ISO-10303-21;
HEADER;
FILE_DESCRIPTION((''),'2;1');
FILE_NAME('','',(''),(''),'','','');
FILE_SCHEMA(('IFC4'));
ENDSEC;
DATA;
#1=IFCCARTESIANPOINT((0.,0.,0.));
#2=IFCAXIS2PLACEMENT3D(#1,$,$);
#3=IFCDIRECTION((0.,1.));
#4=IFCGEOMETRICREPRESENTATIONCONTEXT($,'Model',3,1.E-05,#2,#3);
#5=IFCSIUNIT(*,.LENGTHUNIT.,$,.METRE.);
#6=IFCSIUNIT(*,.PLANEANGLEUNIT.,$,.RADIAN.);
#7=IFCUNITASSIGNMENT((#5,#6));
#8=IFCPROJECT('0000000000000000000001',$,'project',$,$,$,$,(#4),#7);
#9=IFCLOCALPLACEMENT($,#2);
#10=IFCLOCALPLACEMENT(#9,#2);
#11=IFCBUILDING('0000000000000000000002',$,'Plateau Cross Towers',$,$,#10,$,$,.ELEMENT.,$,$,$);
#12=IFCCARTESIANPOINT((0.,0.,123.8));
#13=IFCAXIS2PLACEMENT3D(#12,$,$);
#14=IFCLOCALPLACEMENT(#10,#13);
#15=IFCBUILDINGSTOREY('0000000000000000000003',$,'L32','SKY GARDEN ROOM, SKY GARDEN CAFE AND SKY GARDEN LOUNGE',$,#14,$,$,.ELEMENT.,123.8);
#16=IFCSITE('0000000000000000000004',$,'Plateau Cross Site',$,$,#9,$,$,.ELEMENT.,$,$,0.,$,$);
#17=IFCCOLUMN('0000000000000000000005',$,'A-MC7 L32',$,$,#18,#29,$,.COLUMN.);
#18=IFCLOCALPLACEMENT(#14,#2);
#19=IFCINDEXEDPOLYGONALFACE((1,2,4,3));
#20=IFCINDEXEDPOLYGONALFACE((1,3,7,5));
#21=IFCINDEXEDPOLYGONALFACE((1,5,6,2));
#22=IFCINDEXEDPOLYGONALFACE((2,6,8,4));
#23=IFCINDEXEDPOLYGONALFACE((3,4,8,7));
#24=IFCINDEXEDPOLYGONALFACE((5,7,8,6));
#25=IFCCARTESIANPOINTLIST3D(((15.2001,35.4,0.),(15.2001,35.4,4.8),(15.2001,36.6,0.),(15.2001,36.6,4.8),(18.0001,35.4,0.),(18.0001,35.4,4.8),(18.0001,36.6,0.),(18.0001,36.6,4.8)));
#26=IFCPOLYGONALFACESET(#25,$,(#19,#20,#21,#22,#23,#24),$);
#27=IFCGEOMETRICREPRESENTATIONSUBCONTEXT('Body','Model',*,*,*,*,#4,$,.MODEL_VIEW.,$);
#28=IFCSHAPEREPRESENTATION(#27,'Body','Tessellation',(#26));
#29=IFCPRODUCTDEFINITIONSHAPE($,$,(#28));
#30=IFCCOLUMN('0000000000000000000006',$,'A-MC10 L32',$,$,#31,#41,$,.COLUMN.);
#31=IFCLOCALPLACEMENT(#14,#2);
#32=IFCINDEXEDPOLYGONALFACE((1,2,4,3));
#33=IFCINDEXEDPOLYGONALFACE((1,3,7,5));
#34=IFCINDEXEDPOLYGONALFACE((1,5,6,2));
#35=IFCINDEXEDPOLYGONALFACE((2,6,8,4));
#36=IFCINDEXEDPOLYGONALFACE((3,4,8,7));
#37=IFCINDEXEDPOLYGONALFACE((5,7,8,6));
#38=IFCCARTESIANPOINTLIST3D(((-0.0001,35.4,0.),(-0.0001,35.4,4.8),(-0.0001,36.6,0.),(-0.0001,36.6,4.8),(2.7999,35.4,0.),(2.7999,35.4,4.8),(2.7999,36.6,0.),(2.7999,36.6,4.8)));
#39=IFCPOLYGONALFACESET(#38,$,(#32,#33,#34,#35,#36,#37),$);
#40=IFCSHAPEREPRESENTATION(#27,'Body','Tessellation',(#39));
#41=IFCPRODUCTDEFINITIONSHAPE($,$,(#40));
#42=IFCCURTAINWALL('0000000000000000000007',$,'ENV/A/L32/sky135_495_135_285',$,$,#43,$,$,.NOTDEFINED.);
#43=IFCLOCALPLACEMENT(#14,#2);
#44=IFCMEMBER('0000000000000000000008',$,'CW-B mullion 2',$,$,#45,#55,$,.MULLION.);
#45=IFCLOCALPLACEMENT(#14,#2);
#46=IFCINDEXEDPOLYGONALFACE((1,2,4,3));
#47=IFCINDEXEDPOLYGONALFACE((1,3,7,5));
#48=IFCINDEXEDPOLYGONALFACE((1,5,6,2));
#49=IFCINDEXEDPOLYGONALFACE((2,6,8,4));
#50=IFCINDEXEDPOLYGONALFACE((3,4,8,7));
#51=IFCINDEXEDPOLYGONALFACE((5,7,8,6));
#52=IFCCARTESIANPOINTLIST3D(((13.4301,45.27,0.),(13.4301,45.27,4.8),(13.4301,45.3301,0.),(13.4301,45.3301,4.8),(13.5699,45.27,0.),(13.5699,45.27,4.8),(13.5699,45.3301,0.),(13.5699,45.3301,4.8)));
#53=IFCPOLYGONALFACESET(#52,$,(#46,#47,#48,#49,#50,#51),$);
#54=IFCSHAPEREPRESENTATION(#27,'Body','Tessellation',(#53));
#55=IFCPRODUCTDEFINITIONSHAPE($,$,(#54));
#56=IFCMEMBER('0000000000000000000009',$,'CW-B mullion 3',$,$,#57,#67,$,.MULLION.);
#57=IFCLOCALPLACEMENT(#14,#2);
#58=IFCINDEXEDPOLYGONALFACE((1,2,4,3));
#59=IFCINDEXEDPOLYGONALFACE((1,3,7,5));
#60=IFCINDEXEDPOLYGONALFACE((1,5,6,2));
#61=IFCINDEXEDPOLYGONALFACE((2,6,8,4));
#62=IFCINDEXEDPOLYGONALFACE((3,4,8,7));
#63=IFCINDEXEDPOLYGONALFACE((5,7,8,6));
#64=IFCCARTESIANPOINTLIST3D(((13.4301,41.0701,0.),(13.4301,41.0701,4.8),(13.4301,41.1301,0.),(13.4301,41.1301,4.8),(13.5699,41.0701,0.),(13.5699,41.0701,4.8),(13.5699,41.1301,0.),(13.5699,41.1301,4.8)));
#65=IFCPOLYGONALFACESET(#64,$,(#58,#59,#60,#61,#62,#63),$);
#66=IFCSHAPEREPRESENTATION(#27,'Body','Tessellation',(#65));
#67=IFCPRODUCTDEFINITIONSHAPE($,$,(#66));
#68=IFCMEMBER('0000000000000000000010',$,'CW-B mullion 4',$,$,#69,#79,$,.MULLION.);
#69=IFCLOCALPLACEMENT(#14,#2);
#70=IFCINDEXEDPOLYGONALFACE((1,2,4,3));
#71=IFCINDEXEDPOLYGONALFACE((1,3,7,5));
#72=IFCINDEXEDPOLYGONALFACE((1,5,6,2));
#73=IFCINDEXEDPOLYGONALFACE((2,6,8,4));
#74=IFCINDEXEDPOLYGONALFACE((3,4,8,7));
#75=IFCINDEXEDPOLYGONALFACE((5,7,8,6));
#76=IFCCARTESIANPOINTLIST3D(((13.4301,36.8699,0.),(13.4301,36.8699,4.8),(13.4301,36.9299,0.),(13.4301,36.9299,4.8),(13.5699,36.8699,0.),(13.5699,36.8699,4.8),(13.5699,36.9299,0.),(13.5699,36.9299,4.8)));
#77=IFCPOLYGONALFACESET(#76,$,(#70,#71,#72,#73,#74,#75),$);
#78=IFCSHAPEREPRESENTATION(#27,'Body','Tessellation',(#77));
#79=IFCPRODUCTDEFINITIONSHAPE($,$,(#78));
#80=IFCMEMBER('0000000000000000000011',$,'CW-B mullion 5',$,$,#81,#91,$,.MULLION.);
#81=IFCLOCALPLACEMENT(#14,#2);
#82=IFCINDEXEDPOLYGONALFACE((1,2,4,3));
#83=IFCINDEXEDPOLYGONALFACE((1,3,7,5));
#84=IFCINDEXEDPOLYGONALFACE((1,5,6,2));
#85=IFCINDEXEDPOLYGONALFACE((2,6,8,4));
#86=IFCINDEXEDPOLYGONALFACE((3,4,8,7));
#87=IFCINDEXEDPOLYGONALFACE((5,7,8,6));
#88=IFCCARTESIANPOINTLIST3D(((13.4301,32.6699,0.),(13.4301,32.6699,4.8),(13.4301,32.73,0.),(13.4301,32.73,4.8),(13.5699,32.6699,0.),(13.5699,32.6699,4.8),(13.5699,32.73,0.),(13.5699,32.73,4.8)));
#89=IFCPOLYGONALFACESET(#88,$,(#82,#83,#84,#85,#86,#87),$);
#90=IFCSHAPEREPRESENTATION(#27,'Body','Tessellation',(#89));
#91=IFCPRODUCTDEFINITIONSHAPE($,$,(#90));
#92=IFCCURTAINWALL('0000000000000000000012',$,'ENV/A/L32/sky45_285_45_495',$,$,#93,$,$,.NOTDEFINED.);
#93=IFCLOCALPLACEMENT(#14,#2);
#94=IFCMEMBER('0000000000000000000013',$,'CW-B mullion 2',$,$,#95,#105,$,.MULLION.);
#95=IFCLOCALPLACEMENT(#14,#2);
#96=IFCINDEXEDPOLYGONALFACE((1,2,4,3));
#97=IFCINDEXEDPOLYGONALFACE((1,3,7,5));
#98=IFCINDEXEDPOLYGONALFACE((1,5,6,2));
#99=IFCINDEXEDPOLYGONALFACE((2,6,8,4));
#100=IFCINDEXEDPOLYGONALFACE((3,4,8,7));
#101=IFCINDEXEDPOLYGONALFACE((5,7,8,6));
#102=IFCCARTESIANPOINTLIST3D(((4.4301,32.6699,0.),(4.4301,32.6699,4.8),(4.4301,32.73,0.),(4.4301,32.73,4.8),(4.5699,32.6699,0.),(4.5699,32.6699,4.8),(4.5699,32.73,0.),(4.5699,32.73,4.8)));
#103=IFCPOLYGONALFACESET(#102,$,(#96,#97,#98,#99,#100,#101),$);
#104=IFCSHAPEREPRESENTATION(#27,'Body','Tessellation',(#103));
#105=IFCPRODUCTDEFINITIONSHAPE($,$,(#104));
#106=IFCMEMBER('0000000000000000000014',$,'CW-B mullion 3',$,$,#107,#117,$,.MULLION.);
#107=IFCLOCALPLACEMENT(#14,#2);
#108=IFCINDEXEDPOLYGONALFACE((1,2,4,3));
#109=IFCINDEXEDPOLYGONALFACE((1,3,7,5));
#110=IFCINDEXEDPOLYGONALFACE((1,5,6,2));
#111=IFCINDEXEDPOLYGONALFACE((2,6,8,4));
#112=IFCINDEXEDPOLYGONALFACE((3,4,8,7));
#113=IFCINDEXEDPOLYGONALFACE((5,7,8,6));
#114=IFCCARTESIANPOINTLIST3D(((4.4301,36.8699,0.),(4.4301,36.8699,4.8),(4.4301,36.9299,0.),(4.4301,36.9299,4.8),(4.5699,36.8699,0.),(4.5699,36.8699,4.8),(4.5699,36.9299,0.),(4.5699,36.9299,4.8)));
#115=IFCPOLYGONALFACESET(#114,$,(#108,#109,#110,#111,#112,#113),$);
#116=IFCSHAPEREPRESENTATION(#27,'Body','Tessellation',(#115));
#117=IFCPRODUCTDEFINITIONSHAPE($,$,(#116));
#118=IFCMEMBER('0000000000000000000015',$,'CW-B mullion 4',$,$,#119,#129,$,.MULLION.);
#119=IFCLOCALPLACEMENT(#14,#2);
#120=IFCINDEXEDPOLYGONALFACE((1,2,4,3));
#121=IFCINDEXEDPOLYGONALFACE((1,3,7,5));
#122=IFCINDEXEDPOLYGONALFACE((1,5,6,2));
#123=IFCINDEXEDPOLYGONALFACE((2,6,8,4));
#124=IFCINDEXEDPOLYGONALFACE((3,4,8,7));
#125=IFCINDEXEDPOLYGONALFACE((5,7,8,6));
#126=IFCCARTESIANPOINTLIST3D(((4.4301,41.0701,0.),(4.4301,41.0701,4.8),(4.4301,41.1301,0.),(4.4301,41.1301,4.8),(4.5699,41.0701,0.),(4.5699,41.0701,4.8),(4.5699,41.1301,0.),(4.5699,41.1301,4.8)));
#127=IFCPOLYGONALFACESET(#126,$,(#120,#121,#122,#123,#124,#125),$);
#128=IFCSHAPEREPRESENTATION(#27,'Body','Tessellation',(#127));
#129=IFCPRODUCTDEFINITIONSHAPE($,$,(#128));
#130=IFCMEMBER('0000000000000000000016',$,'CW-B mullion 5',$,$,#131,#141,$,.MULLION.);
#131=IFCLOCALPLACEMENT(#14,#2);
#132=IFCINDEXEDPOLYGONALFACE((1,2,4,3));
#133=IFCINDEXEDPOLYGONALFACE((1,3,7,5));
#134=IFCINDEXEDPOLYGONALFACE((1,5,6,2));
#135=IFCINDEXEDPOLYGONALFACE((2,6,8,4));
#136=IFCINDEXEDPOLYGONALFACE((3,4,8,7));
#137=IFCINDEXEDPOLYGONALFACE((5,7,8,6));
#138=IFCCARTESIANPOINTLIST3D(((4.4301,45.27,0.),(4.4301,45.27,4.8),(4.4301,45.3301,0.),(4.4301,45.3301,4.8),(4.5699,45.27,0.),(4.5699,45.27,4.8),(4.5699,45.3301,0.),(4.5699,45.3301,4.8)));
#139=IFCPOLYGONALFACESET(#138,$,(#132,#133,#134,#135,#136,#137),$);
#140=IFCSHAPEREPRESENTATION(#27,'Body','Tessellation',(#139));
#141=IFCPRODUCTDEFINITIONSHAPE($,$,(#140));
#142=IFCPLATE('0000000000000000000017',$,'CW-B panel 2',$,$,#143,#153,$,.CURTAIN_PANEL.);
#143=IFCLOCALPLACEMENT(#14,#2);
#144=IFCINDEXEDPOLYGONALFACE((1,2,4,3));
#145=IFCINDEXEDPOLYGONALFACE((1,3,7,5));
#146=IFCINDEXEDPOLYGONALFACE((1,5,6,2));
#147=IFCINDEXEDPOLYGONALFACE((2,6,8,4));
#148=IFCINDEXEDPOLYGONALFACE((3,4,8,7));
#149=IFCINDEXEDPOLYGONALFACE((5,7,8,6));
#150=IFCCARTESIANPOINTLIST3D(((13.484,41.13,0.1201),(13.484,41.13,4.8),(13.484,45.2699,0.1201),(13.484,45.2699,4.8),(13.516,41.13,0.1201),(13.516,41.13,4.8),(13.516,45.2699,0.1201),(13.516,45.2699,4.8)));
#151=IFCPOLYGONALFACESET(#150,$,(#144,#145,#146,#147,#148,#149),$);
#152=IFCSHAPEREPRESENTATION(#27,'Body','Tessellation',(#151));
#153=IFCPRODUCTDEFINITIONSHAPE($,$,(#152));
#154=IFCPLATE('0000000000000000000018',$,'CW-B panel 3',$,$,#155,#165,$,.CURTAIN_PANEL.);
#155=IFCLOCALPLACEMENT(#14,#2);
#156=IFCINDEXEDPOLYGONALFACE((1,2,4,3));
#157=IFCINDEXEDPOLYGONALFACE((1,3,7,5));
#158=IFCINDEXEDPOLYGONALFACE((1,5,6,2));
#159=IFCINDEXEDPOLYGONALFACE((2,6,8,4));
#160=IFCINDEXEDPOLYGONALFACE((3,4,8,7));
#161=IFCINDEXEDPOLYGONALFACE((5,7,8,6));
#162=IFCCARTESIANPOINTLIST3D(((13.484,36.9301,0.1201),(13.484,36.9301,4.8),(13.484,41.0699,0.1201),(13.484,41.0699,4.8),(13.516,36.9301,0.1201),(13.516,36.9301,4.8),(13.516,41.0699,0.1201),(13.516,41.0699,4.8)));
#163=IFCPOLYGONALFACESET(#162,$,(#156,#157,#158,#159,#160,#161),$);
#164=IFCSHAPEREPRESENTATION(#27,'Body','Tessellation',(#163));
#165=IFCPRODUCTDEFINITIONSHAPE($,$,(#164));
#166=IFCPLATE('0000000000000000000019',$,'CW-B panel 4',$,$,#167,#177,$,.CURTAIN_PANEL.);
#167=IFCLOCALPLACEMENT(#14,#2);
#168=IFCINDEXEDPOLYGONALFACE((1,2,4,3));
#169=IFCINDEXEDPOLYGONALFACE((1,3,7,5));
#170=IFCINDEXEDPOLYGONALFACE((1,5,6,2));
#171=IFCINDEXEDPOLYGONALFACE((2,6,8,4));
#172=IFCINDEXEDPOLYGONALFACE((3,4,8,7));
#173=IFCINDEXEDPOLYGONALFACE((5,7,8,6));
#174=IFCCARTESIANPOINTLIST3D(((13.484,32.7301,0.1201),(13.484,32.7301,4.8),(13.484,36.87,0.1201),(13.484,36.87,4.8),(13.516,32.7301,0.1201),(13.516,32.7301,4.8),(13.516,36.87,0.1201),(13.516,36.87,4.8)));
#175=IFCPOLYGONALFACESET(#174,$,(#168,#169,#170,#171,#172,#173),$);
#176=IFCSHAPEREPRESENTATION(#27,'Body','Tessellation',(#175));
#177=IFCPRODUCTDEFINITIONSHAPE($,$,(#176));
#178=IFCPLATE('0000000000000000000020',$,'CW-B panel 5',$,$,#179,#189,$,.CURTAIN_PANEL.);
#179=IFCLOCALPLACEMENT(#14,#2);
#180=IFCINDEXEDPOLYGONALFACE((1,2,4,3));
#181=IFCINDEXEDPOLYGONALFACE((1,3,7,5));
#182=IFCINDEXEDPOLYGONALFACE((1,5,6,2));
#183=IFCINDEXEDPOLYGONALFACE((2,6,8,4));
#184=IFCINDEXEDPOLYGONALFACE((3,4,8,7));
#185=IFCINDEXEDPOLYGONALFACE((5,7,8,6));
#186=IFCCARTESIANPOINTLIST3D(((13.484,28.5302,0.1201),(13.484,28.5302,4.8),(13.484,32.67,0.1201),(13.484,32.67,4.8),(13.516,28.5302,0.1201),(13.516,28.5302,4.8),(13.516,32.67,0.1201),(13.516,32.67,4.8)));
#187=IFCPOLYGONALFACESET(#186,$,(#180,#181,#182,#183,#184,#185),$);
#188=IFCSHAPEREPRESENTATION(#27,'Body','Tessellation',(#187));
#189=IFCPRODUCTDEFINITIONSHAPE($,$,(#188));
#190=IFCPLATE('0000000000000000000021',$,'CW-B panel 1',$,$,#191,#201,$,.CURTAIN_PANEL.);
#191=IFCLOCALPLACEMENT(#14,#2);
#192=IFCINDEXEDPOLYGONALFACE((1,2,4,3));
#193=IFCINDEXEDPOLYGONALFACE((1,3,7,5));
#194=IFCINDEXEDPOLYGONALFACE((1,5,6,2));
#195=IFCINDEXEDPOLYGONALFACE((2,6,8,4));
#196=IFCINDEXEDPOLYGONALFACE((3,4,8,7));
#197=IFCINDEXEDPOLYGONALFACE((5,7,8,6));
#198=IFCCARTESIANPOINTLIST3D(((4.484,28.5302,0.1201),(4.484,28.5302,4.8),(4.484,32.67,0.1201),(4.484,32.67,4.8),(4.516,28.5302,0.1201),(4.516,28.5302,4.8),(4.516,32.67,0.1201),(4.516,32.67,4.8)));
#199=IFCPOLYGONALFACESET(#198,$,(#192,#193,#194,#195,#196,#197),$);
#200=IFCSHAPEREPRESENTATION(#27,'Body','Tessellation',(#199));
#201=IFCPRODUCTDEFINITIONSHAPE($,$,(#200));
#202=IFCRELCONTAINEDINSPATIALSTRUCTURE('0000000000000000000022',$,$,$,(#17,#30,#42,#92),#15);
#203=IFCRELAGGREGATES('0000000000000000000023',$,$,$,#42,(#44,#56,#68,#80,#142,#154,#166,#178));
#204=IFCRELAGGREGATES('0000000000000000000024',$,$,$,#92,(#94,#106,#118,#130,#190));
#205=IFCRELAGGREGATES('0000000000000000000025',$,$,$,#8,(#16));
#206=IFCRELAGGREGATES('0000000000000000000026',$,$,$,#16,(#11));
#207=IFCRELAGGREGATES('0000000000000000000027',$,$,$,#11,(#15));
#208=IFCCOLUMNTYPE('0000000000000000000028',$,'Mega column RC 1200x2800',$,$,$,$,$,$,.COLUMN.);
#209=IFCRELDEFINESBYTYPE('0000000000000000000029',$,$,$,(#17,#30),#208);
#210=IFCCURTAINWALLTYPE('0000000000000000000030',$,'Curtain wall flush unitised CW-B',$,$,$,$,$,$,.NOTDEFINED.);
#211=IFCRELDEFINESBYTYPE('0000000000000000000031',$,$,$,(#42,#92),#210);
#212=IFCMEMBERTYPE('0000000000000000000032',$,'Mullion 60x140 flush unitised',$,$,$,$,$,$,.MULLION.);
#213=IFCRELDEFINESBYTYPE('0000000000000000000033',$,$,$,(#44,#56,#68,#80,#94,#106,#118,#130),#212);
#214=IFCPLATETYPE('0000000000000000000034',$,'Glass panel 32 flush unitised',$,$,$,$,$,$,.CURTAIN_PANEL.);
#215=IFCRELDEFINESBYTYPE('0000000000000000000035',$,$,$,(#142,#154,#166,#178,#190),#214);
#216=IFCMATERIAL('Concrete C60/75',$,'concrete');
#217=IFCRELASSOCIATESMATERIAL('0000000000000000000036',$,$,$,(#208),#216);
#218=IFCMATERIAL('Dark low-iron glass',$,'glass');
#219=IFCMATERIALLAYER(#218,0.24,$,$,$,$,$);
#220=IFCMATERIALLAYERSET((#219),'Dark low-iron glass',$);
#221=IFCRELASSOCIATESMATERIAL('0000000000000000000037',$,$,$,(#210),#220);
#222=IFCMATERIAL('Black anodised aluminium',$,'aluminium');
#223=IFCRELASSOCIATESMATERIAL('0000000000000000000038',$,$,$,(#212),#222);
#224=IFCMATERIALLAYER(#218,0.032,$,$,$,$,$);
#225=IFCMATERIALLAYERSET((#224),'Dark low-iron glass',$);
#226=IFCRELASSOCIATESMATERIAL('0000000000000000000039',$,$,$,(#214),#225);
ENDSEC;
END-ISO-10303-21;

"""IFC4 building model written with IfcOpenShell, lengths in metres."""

from ifc_helpers import new_model, si_unit, direction, frame, origin, origin_2d, place, context, subcontext, project, spatial, rectangle, extrude, material, layer, layer_set, material_profile, profile_set, type_object, element, aggregate, save


model = new_model("IFC4")

# Units and contexts
model_context = context("Model", 3, precision=1e-05, world=origin(), true_north=direction((0.0, 1.0)))
body_context = subcontext(model_context, "Body", "Model", "MODEL_VIEW")
ifc_project = project(units=[si_unit("LENGTHUNIT", "METRE"), si_unit("PLANEANGLEUNIT", "RADIAN")], contexts=[model_context])

# Site, building, storey
site_placement = place(None, origin())
site = spatial("IfcSite", under=ifc_project, at=site_placement, Name="Plateau Cross Site", CompositionType="ELEMENT", RefElevation=0.0)
building_placement = place(site_placement, origin())
building = spatial("IfcBuilding", under=site, at=building_placement, Name="Plateau Cross Towers", CompositionType="ELEMENT")
storey_placement = place(building_placement, frame((0.0, 0.0, 123.8)))
storey = spatial("IfcBuildingStorey", under=building, at=storey_placement, Name="L32", Description="SKY GARDEN ROOM, SKY GARDEN CAFE AND SKY GARDEN LOUNGE", CompositionType="ELEMENT", Elevation=123.8)

# Columns
ifc_material_1 = material(Name="Concrete C60/75", Category="concrete")
ifc_material_profile_1 = material_profile(ifc_material_1, rectangle(XDim=1.2, YDim=2.8, at=origin_2d()), Name="RC 1200x2800")
ifc_profile_set_1 = profile_set([ifc_material_profile_1], Name="Concrete C60/75")
column_type = type_object("IfcColumnType", Name="Mega column RC 1200x2800", PredefinedType="COLUMN", material=ifc_profile_set_1)
for number, where, z_axis, x_axis, name in (
    (1, (16.6001, 36.0, 0.0), (0.0, 0.0, 1.0), (0.0, 1.0, 0.0), "A-MC7 L32"),
    (2, (1.3999, 36.0, 0.0), (0.0, 0.0, 1.0), (0.0, 1.0, 0.0), "A-MC10 L32"),
):
    element("IfcColumn", number, at=place(storey_placement, frame(where, z_axis=z_axis, x_axis=x_axis)), inside=storey, type_object=column_type, Name=name, PredefinedType="COLUMN", context=body_context, shape_type="SweptSolid", body=[
        extrude(rectangle(XDim=1.2, YDim=2.8, at=origin_2d()), origin(), (0.0, 0.0, 1.0), 4.8),
    ])

# Curtain walls, members
ifc_material_2 = material(Name="Dark low-iron glass", Category="glass")
ifc_layer_1 = layer(ifc_material_2, 0.24)
ifc_layer_set_1 = layer_set([ifc_layer_1], Name="Dark low-iron glass")
curtain_wall_type = type_object("IfcCurtainWallType", Name="Curtain wall flush unitised CW-B", PredefinedType="NOTDEFINED", material=ifc_layer_set_1)
curtain_wall_1_placement = place(storey_placement, origin())
curtain_wall_1 = element("IfcCurtainWall", 3, at=curtain_wall_1_placement, inside=storey, type_object=curtain_wall_type, Name="ENV/A/L32/sky135_495_135_285", PredefinedType="NOTDEFINED")
ifc_material_3 = material(Name="Black anodised aluminium", Category="aluminium")
ifc_material_profile_2 = material_profile(ifc_material_3, rectangle(XDim=0.0601, YDim=0.1399, at=origin_2d()), Name="MULLION 60x140")
ifc_profile_set_2 = profile_set([ifc_material_profile_2], Name="Black anodised aluminium")
member_type = type_object("IfcMemberType", Name="Mullion 60x140 flush unitised", PredefinedType="MULLION", material=ifc_profile_set_2)
member_1_placement = place(storey_placement, frame((13.5, 45.3, 0.0), z_axis=(0.0, 0.0, 1.0), x_axis=(0.0, -1.0, 0.0)))
member_1 = element("IfcMember", 4, at=member_1_placement, type_object=member_type, Name="CW-B mullion 2", PredefinedType="MULLION", context=body_context, shape_type="SweptSolid", body=[
    extrude(rectangle(XDim=0.0601, YDim=0.1399, at=origin_2d()), origin(), (0.0, 0.0, 1.0), 4.8),
])
member_2_placement = place(storey_placement, frame((13.5, 41.1001, 0.0), z_axis=(0.0, 0.0, 1.0), x_axis=(0.0, -1.0, 0.0)))
member_2 = element("IfcMember", 5, at=member_2_placement, type_object=member_type, Name="CW-B mullion 3", PredefinedType="MULLION", context=body_context, shape_type="SweptSolid", body=[
    extrude(rectangle(XDim=0.0601, YDim=0.1399, at=origin_2d()), origin(), (0.0, 0.0, 1.0), 4.8),
])
member_3_placement = place(storey_placement, frame((13.5, 36.8999, 0.0), z_axis=(0.0, 0.0, 1.0), x_axis=(0.0, -1.0, 0.0)))
member_3 = element("IfcMember", 6, at=member_3_placement, type_object=member_type, Name="CW-B mullion 4", PredefinedType="MULLION", context=body_context, shape_type="SweptSolid", body=[
    extrude(rectangle(XDim=0.0601, YDim=0.1399, at=origin_2d()), origin(), (0.0, 0.0, 1.0), 4.8),
])
member_4_placement = place(storey_placement, frame((13.5, 32.7, 0.0), z_axis=(0.0, 0.0, 1.0), x_axis=(0.0, -1.0, 0.0)))
member_4 = element("IfcMember", 7, at=member_4_placement, type_object=member_type, Name="CW-B mullion 5", PredefinedType="MULLION", context=body_context, shape_type="SweptSolid", body=[
    extrude(rectangle(XDim=0.0601, YDim=0.1399, at=origin_2d()), origin(), (0.0, 0.0, 1.0), 4.8),
])
curtain_wall_2_placement = place(storey_placement, origin())
curtain_wall_2 = element("IfcCurtainWall", 8, at=curtain_wall_2_placement, inside=storey, type_object=curtain_wall_type, Name="ENV/A/L32/sky45_285_45_495", PredefinedType="NOTDEFINED")
member_5_placement = place(storey_placement, frame((4.5, 32.7, 0.0), z_axis=(0.0, 0.0, 1.0), x_axis=(0.0, 1.0, 0.0)))
member_5 = element("IfcMember", 9, at=member_5_placement, type_object=member_type, Name="CW-B mullion 2", PredefinedType="MULLION", context=body_context, shape_type="SweptSolid", body=[
    extrude(rectangle(XDim=0.0601, YDim=0.1399, at=origin_2d()), origin(), (0.0, 0.0, 1.0), 4.8),
])
member_6_placement = place(storey_placement, frame((4.5, 36.8999, 0.0), z_axis=(0.0, 0.0, 1.0), x_axis=(0.0, 1.0, 0.0)))
member_6 = element("IfcMember", 10, at=member_6_placement, type_object=member_type, Name="CW-B mullion 3", PredefinedType="MULLION", context=body_context, shape_type="SweptSolid", body=[
    extrude(rectangle(XDim=0.0601, YDim=0.1399, at=origin_2d()), origin(), (0.0, 0.0, 1.0), 4.8),
])
member_7_placement = place(storey_placement, frame((4.5, 41.1001, 0.0), z_axis=(0.0, 0.0, 1.0), x_axis=(0.0, 1.0, 0.0)))
member_7 = element("IfcMember", 11, at=member_7_placement, type_object=member_type, Name="CW-B mullion 4", PredefinedType="MULLION", context=body_context, shape_type="SweptSolid", body=[
    extrude(rectangle(XDim=0.0601, YDim=0.1399, at=origin_2d()), origin(), (0.0, 0.0, 1.0), 4.8),
])
member_8_placement = place(storey_placement, frame((4.5, 45.3, 0.0), z_axis=(0.0, 0.0, 1.0), x_axis=(0.0, 1.0, 0.0)))
member_8 = element("IfcMember", 12, at=member_8_placement, type_object=member_type, Name="CW-B mullion 5", PredefinedType="MULLION", context=body_context, shape_type="SweptSolid", body=[
    extrude(rectangle(XDim=0.0601, YDim=0.1399, at=origin_2d()), origin(), (0.0, 0.0, 1.0), 4.8),
])

# Plates
ifc_layer_2 = layer(ifc_material_2, 0.032)
ifc_layer_set_2 = layer_set([ifc_layer_2], Name="Dark low-iron glass")
plate_type = type_object("IfcPlateType", Name="Glass panel 32 flush unitised", PredefinedType="CURTAIN_PANEL", material=ifc_layer_set_2)
plate_1_placement = place(storey_placement, frame((13.5, 43.2, 0.1201), z_axis=(0.0, 0.0, 1.0), x_axis=(0.0, -1.0, 0.0)))
plate_1 = element("IfcPlate", 13, at=plate_1_placement, type_object=plate_type, Name="CW-B panel 2", PredefinedType="CURTAIN_PANEL", context=body_context, shape_type="SweptSolid", body=[
    extrude(rectangle(XDim=4.1399, YDim=0.032, at=origin_2d()), origin(), (0.0, 0.0, 1.0), 4.6799),
])
plate_2_placement = place(storey_placement, frame((13.5, 39.0, 0.1201), z_axis=(0.0, 0.0, 1.0), x_axis=(0.0, -1.0, 0.0)))
plate_2 = element("IfcPlate", 14, at=plate_2_placement, type_object=plate_type, Name="CW-B panel 3", PredefinedType="CURTAIN_PANEL", context=body_context, shape_type="SweptSolid", body=[
    extrude(rectangle(XDim=4.1399, YDim=0.032, at=origin_2d()), origin(), (0.0, 0.0, 1.0), 4.6799),
])
plate_3_placement = place(storey_placement, frame((13.5, 34.8, 0.1201), z_axis=(0.0, 0.0, 1.0), x_axis=(0.0, -1.0, 0.0)))
plate_3 = element("IfcPlate", 15, at=plate_3_placement, type_object=plate_type, Name="CW-B panel 4", PredefinedType="CURTAIN_PANEL", context=body_context, shape_type="SweptSolid", body=[
    extrude(rectangle(XDim=4.1399, YDim=0.032, at=origin_2d()), origin(), (0.0, 0.0, 1.0), 4.6799),
])
plate_4_placement = place(storey_placement, frame((13.5, 30.6001, 0.1201), z_axis=(0.0, 0.0, 1.0), x_axis=(0.0, -1.0, 0.0)))
plate_4 = element("IfcPlate", 16, at=plate_4_placement, type_object=plate_type, Name="CW-B panel 5", PredefinedType="CURTAIN_PANEL", context=body_context, shape_type="SweptSolid", body=[
    extrude(rectangle(XDim=4.1399, YDim=0.032, at=origin_2d()), origin(), (0.0, 0.0, 1.0), 4.6799),
])
aggregate(curtain_wall_1, [member_1, member_2, member_3, member_4, plate_1, plate_2, plate_3, plate_4])
plate_5_placement = place(storey_placement, frame((4.5, 30.6001, 0.1201), z_axis=(0.0, 0.0, 1.0), x_axis=(0.0, 1.0, 0.0)))
plate_5 = element("IfcPlate", 17, at=plate_5_placement, type_object=plate_type, Name="CW-B panel 1", PredefinedType="CURTAIN_PANEL", context=body_context, shape_type="SweptSolid", body=[
    extrude(rectangle(XDim=4.1399, YDim=0.032, at=origin_2d()), origin(), (0.0, 0.0, 1.0), 4.6799),
])
aggregate(curtain_wall_2, [member_5, member_6, member_7, member_8, plate_5])

save(model, "model.ifc")
